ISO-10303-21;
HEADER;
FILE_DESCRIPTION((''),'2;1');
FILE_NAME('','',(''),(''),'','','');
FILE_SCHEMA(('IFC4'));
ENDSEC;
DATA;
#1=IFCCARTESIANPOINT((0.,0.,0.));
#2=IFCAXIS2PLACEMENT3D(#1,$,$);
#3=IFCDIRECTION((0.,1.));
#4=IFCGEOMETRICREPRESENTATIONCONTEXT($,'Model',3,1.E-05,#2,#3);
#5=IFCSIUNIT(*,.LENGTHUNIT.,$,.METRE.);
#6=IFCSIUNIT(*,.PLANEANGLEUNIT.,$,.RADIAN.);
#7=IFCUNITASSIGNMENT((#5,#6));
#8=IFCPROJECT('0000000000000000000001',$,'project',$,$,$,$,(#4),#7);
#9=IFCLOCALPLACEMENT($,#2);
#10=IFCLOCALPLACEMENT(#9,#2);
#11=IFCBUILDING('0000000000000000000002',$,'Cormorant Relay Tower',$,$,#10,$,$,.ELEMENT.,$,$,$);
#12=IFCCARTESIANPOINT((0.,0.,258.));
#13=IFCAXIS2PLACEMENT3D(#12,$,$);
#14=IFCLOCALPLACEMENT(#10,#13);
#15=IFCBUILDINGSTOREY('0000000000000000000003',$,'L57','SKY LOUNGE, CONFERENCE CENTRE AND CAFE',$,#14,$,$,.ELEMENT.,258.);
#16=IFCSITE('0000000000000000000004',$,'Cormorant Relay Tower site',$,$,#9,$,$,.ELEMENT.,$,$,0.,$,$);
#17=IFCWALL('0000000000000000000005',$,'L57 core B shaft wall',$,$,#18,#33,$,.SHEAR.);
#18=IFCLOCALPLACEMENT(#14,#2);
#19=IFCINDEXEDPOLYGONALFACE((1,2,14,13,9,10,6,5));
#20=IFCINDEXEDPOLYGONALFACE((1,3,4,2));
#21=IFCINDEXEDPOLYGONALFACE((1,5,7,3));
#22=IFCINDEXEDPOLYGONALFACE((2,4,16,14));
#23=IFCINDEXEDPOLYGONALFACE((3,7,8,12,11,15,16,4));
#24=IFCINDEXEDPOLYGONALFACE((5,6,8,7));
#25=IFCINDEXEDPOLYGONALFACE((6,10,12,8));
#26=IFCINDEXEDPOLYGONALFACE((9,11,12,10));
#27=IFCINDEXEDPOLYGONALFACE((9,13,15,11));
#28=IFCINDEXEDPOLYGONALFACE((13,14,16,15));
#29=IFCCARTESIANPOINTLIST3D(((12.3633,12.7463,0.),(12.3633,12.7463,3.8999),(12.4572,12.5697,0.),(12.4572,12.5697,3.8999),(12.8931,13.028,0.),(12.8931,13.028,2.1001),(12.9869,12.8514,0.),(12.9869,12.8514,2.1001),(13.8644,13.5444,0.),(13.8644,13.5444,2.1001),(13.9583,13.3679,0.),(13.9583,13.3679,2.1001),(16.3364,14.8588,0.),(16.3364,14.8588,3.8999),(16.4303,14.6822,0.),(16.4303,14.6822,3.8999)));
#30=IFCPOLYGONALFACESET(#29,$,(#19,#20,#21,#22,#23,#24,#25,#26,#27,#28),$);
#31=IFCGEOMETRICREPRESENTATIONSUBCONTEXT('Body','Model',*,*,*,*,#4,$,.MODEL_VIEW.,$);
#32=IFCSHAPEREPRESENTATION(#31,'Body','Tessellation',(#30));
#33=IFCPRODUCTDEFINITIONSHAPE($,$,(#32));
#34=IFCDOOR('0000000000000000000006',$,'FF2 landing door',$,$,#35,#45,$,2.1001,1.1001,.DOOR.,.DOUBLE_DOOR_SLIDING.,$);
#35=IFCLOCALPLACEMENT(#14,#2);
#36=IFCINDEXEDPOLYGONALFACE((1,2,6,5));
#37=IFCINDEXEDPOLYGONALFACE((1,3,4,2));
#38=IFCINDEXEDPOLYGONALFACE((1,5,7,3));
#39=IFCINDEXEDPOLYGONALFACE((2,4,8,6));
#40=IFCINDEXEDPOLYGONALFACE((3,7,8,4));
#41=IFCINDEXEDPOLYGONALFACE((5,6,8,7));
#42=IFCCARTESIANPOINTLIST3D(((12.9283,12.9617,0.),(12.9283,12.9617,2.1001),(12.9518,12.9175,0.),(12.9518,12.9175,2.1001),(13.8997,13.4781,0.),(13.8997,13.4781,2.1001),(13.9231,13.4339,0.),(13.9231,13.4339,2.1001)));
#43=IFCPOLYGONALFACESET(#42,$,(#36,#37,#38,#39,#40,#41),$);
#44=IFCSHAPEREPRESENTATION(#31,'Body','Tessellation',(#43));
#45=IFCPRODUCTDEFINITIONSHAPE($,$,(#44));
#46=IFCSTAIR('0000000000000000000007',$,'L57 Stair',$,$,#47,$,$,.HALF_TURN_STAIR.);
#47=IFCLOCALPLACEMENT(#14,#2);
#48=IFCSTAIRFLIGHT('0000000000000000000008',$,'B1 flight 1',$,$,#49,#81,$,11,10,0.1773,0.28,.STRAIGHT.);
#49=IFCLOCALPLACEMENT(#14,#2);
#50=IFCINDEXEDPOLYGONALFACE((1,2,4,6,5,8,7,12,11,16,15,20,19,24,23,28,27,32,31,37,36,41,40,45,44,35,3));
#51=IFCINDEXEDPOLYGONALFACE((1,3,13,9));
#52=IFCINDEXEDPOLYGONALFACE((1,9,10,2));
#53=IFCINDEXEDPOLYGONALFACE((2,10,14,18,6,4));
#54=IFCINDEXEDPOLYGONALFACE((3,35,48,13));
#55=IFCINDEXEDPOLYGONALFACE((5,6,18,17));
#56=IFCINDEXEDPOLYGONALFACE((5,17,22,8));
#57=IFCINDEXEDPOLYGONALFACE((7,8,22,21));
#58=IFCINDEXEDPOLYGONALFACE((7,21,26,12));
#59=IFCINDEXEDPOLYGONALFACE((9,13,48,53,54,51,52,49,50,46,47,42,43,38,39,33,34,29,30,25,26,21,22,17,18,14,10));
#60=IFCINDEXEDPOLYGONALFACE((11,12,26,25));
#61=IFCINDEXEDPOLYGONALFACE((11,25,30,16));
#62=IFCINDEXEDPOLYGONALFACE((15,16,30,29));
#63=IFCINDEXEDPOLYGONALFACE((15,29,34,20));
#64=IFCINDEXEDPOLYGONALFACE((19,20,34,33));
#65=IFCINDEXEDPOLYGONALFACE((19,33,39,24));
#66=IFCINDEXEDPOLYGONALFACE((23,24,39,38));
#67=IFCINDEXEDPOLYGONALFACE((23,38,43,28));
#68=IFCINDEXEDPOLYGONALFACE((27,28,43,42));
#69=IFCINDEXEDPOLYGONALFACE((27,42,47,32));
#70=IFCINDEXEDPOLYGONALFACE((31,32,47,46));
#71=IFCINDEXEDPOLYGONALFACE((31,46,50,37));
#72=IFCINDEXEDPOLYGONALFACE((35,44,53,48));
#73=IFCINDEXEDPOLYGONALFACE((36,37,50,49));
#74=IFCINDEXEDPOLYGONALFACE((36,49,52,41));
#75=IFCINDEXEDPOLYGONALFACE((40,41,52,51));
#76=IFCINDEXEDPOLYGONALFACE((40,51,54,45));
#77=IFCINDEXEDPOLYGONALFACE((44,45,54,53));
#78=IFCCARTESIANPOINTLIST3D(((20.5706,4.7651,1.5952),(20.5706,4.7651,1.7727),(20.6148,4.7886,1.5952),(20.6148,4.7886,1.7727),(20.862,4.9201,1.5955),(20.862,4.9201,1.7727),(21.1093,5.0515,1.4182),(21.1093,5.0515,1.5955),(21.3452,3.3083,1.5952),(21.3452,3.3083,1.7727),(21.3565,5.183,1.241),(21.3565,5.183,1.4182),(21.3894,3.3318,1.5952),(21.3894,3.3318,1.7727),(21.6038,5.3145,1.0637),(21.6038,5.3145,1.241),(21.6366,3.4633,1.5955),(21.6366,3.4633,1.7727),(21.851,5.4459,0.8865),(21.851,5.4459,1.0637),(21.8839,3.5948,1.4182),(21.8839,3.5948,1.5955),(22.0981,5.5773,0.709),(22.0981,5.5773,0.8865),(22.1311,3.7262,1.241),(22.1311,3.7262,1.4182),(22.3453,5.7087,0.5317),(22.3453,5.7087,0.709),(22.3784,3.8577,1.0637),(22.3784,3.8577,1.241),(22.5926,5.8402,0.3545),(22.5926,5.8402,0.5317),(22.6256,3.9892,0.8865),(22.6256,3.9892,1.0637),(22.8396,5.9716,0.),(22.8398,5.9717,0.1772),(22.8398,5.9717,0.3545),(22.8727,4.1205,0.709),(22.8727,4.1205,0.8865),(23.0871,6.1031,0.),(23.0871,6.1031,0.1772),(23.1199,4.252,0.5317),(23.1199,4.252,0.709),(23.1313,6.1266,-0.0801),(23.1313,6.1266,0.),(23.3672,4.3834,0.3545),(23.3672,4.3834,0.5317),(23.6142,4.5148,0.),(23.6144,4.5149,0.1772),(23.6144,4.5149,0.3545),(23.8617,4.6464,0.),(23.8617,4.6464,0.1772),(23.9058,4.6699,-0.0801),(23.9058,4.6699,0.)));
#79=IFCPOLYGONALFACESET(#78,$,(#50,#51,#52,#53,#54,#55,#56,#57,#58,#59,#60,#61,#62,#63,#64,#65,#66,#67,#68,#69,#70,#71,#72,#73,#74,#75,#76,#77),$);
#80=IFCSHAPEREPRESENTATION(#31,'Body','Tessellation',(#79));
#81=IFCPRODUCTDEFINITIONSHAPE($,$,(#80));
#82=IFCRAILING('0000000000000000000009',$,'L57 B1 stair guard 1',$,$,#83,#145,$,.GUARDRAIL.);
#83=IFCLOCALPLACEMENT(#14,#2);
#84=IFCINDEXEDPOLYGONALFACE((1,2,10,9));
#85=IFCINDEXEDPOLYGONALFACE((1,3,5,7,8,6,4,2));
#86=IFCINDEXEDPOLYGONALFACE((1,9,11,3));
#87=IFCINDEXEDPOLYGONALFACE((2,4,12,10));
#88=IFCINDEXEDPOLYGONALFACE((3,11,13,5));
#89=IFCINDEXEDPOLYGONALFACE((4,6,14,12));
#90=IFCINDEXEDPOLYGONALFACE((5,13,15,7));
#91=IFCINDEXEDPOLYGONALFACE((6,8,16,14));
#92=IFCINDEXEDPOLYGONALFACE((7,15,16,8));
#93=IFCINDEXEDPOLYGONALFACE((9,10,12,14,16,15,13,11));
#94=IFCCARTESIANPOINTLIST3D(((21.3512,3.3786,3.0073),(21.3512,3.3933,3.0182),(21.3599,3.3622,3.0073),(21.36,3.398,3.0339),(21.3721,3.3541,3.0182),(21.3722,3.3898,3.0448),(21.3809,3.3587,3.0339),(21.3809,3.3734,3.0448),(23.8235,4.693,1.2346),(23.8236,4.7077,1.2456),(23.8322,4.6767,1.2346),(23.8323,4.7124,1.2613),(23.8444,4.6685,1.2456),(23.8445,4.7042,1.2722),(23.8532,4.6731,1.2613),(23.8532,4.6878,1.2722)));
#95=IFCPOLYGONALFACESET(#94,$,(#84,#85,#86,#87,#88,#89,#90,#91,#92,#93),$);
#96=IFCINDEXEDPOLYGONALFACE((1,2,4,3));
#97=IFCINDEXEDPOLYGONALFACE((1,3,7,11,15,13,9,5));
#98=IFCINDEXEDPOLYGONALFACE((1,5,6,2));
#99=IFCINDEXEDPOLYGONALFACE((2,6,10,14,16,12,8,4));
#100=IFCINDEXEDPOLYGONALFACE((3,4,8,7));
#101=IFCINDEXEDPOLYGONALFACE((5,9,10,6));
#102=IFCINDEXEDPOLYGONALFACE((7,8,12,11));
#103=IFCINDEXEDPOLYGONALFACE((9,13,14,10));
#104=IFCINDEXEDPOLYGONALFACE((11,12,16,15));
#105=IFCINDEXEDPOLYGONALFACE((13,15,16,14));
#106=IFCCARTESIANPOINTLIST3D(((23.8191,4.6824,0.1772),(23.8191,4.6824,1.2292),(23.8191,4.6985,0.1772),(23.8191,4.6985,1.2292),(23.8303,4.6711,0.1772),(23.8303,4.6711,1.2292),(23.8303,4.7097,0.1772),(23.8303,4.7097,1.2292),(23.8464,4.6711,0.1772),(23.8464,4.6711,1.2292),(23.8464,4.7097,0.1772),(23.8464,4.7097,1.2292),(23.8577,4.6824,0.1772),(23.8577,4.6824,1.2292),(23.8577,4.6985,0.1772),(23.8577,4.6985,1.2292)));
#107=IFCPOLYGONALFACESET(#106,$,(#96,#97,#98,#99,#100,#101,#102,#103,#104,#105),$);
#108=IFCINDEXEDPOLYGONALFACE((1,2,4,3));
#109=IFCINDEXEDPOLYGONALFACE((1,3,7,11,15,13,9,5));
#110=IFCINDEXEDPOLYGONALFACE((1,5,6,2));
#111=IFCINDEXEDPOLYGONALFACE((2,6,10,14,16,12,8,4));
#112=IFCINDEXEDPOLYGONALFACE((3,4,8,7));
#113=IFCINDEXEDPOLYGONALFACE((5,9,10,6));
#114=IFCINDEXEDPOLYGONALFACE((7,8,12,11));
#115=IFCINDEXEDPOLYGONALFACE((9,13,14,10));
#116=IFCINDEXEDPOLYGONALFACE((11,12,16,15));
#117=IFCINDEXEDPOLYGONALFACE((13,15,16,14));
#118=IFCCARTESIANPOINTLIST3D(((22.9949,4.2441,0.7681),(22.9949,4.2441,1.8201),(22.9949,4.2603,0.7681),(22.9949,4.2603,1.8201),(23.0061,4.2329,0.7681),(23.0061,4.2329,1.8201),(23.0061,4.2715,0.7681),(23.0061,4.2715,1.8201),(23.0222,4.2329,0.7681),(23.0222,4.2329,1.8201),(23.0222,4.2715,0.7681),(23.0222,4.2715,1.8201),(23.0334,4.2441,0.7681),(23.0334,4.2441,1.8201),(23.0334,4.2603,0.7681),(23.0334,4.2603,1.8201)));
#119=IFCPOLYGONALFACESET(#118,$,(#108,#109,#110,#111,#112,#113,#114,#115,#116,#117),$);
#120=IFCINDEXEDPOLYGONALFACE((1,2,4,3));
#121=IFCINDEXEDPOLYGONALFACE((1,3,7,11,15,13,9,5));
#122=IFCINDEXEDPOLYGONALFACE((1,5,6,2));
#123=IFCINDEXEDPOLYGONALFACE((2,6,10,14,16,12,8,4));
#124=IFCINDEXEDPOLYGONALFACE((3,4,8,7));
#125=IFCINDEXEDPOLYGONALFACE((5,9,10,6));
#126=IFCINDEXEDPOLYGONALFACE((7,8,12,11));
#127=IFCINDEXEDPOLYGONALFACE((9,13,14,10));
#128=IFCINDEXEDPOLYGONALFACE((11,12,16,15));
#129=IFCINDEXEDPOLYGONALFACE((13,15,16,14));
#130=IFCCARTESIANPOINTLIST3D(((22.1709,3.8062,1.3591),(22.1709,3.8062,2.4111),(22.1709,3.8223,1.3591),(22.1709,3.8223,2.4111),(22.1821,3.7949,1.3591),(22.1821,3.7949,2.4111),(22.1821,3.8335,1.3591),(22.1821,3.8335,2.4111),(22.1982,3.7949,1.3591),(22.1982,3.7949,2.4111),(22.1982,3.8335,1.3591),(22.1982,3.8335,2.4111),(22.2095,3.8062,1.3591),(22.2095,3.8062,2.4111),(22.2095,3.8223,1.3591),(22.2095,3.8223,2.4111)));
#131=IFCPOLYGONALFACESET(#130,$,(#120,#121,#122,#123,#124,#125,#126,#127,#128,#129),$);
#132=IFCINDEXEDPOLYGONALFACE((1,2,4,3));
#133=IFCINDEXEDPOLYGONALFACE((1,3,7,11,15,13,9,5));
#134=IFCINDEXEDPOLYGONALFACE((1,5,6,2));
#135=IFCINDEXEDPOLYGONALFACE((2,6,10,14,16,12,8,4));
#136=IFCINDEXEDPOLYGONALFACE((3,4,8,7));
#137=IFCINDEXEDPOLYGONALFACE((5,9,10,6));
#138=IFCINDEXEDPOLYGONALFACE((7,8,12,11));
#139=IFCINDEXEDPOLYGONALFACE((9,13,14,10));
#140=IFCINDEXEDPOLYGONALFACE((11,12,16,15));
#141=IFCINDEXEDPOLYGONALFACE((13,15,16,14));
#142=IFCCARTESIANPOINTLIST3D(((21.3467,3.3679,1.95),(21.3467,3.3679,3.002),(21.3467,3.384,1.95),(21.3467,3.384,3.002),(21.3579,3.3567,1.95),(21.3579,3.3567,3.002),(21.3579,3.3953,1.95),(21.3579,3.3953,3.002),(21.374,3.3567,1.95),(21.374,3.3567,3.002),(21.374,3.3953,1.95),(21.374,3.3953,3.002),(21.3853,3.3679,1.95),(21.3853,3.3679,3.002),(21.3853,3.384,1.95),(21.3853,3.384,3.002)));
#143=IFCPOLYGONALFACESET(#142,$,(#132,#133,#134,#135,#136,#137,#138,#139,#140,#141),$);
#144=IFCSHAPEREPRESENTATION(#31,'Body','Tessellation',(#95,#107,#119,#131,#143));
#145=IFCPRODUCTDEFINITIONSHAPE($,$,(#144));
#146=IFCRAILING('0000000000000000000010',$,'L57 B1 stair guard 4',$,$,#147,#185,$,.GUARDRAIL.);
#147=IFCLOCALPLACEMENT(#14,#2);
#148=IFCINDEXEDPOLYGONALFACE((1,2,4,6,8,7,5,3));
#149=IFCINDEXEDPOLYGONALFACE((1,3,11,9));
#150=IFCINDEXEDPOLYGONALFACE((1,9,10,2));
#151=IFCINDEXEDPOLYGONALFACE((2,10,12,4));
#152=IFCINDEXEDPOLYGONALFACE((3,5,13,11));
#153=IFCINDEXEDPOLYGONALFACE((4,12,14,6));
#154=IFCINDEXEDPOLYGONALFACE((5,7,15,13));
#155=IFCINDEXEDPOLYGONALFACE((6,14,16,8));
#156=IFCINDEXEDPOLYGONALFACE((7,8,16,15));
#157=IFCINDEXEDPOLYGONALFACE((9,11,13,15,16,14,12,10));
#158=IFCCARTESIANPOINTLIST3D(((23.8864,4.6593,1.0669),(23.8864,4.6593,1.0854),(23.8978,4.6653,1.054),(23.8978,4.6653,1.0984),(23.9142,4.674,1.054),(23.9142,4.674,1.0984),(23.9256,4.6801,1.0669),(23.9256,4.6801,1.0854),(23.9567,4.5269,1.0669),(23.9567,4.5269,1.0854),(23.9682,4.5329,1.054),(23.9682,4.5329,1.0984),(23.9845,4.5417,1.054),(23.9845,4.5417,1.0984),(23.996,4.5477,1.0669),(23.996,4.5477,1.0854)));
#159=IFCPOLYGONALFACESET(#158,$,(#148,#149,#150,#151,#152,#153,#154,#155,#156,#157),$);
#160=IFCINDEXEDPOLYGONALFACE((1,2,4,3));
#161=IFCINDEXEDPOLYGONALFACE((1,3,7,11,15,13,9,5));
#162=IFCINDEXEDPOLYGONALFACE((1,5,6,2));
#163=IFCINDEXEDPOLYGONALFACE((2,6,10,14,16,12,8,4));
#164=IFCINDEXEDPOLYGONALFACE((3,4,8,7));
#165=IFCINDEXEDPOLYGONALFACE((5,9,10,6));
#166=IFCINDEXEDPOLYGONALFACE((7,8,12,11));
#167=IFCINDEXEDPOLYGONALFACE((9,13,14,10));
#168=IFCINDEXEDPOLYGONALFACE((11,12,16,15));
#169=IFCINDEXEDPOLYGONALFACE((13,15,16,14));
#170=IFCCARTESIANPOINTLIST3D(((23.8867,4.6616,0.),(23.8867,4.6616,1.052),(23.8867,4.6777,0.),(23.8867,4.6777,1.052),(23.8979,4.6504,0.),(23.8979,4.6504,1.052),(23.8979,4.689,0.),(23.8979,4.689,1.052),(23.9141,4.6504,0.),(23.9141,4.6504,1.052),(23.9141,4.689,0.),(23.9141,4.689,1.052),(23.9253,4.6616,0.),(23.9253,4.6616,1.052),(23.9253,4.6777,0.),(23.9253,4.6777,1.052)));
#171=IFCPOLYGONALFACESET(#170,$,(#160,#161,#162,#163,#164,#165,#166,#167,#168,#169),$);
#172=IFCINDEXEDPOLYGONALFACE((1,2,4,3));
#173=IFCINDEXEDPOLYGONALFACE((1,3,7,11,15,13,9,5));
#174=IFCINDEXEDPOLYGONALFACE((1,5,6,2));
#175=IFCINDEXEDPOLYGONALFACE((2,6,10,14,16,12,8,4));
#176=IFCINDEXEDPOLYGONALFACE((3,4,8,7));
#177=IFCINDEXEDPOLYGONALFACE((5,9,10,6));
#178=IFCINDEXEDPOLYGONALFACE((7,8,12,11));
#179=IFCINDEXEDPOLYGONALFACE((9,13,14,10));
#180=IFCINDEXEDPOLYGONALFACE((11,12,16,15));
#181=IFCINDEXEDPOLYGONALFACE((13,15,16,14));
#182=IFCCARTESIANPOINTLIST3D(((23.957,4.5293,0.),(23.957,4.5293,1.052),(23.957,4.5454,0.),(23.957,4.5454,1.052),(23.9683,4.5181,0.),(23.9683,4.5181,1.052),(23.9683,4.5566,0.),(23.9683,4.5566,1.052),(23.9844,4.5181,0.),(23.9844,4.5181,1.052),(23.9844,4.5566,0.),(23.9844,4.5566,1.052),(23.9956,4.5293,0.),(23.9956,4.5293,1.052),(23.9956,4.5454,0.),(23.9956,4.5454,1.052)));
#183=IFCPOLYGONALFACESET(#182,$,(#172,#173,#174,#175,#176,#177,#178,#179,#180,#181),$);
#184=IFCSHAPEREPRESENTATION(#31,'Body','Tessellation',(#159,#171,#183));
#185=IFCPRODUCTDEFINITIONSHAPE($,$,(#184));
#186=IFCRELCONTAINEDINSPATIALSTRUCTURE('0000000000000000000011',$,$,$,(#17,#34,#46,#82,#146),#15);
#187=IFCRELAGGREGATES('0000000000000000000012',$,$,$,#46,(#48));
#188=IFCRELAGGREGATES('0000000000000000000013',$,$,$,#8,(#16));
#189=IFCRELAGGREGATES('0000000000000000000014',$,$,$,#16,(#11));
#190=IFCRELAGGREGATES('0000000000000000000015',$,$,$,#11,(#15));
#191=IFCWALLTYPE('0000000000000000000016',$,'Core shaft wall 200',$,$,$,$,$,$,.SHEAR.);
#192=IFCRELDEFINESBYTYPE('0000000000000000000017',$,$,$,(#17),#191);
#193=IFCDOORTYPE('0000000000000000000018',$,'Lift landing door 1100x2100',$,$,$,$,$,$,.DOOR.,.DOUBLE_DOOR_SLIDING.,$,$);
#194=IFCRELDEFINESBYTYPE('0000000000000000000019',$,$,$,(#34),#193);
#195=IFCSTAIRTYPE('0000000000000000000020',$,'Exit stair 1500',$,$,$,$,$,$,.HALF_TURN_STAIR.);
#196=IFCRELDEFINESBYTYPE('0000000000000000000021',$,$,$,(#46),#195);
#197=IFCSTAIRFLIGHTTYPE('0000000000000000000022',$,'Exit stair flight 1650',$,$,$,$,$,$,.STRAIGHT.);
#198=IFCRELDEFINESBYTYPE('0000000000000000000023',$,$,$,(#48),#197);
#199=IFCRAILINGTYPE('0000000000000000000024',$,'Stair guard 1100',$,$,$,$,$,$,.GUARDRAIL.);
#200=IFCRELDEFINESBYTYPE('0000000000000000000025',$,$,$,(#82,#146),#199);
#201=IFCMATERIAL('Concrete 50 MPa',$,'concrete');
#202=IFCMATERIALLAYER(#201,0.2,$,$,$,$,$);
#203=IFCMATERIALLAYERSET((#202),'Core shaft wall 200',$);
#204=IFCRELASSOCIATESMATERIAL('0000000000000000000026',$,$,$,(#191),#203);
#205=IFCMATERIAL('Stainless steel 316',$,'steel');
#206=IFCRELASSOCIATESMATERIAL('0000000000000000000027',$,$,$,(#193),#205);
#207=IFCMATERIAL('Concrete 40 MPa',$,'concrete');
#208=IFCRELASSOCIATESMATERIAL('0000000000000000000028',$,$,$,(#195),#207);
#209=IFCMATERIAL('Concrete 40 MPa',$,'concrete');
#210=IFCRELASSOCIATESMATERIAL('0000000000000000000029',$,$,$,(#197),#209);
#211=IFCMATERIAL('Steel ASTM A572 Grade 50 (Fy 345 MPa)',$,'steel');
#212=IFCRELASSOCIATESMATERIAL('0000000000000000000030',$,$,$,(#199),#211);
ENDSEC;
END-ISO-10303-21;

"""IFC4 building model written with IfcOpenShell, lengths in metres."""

from ifc_helpers import new_model, si_unit, direction, frame, frame_2d, origin, place, context, subcontext, project, spatial, polyline, rectangle, outline, extrude, material, layer, layer_set, type_object, element, fill, aggregate, save


model = new_model("IFC4")

# Units and contexts
model_context = context("Model", 3, precision=1e-05, world=origin(), true_north=direction((0.0, 1.0)))
body_context = subcontext(model_context, "Body", "Model", "MODEL_VIEW")
ifc_project = project(units=[si_unit("LENGTHUNIT", "METRE"), si_unit("PLANEANGLEUNIT", "RADIAN")], contexts=[model_context])

# Site, building, storey
site_placement = place(None, origin())
site = spatial("IfcSite", under=ifc_project, at=site_placement, Name="Cormorant Relay Tower site", CompositionType="ELEMENT", RefElevation=0.0)
building_placement = place(site_placement, origin())
building = spatial("IfcBuilding", under=site, at=building_placement, Name="Cormorant Relay Tower", CompositionType="ELEMENT")
storey_placement = place(building_placement, frame((0.0, 0.0, 258.0)))
storey = spatial("IfcBuildingStorey", under=building, at=storey_placement, Name="L57", Description="SKY LOUNGE, CONFERENCE CENTRE AND CAFE", CompositionType="ELEMENT", Elevation=258.0)

# Shared definitions
ifc_material_1 = material(Name="Concrete 50 MPa", Category="concrete")
ifc_layer_1 = layer(ifc_material_1, 0.2)
ifc_layer_set_1 = layer_set([ifc_layer_1], Name="Core shaft wall 200")
wall_type_1 = type_object("IfcWallType", Name="Core shaft wall 200", PredefinedType="SHEAR", material=ifc_layer_set_1)

# Wall, opening, door
wall_1_placement = place(storey_placement, frame((12.4102, 12.658, 0.0), z_axis=(0.0, 0.0, 1.0), x_axis=(0.882948, 0.46947, 0.0)))
wall_1 = element("IfcWall", 1, at=wall_1_placement, inside=storey, type_object=wall_type_1, Name="L57 core B shaft wall", PredefinedType="SHEAR", context=body_context, shape_type="SweptSolid", body=[
    extrude(rectangle(XDim=4.4998, YDim=0.2, at=frame_2d((2.25, 0.0))), origin(), (0.0, 0.0, 1.0), 3.8999),
])
opening_1_placement = place(wall_1_placement, frame((0.6001, 0.0, 0.0)))
opening_1 = element("IfcOpeningElement", 2, at=opening_1_placement, cuts=wall_1, PredefinedType="OPENING", context=body_context, shape_type="SweptSolid", body=[
    extrude(rectangle(XDim=1.1001, YDim=2.1001, at=frame_2d((0.55, 1.05))), frame((0.0, 0.1099, 0.0), z_axis=(0.0, -1.0, 0.0), x_axis=(1.0, 0.0, 0.0)), (0.0, 0.0, 1.0), 0.22),
])
ifc_material_2 = material(Name="Stainless steel 316", Category="steel")
door_type_1 = type_object("IfcDoorType", Name="Lift landing door 1100x2100", OperationType="DOUBLE_DOOR_SLIDING", PredefinedType="DOOR", material=ifc_material_2)
door_1_placement = place(opening_1_placement, origin())
door_1 = element("IfcDoor", 3, at=door_1_placement, inside=storey, type_object=door_type_1, Name="FF2 landing door", OperationType="DOUBLE_DOOR_SLIDING", OverallHeight=2.1001, OverallWidth=1.1001, PredefinedType="DOOR", context=body_context, shape_type="SweptSolid", body=[
    extrude(rectangle(XDim=1.1001, YDim=2.1001, at=frame_2d((0.55, 1.05))), frame((0.0, 0.0249, 0.0), z_axis=(0.0, -1.0, 0.0), x_axis=(1.0, 0.0, 0.0)), (0.0, 0.0, 1.0), 0.05),
])
fill(opening_1, door_1)

# Stair, stair flight
ifc_material_3 = material(Name="Concrete 40 MPa", Category="concrete")
stair_type = type_object("IfcStairType", Name="Exit stair 1500", PredefinedType="HALF_TURN_STAIR", material=ifc_material_3)
stair_placement = place(storey_placement, origin())
stair = element("IfcStair", 4, at=stair_placement, inside=storey, type_object=stair_type, Name="L57 Stair", PredefinedType="HALF_TURN_STAIR")
ifc_material_4 = material(Name="Concrete 40 MPa", Category="concrete")
stair_flight_type = type_object("IfcStairFlightType", Name="Exit stair flight 1650", PredefinedType="STRAIGHT", material=ifc_material_4)
stair_flight_placement = place(storey_placement, frame((23.4744, 5.3748, 0.0), z_axis=(0.0, 0.0, 1.0), x_axis=(-0.882948, -0.469472, 0.0)))
stair_flight = element("IfcStairFlight", 5, at=stair_flight_placement, type_object=stair_flight_type, Name="B1 flight 1", NumberOfRisers=11, NumberOfTreads=10, PredefinedType="STRAIGHT", RiserHeight=0.1773, TreadLength=0.28, context=body_context, shape_type="SweptSolid", body=[
    extrude(outline(polyline([(-0.05, -0.0801), (-0.05, 0.0), (0.0, 0.0), (0.0, 0.1772), (0.28, 0.1772), (0.28, 0.3545), (0.5601, 0.3545), (0.5601, 0.5317), (0.8401, 0.5317), (0.8401, 0.709), (1.1201, 0.709), (1.1201, 0.8865), (1.3999, 0.8865), (1.3999, 1.0637), (1.6799, 1.0637), (1.6799, 1.241), (1.96, 1.241), (1.96, 1.4182), (2.24, 1.4182), (2.24, 1.5955), (2.52, 1.5955), (2.52, 1.7727), (2.8, 1.7727), (2.8501, 1.7727), (2.8501, 1.5952), (2.8, 1.5952), (0.2803, 0.0), (-0.05, -0.0801)])), frame((0.0, 0.825, 0.0), z_axis=(0.0, -1.0, 0.0), x_axis=(1.0, 0.0, 0.0)), (0.0, 0.0, 1.0), 1.6499),
])
aggregate(stair, [stair_flight])

# Railings
ifc_material_5 = material(Name="Steel ASTM A572 Grade 50 (Fy 345 MPa)", Category="steel")
railing_type_1 = type_object("IfcRailingType", Name="Stair guard 1100", PredefinedType="GUARDRAIL", material=ifc_material_5)
railing_1_placement = place(storey_placement, frame((23.8384, 4.6904, 0.1772)))
element("IfcRailing", 6, at=railing_1_placement, inside=storey, type_object=railing_type_1, Name="L57 B1 stair guard 1", PredefinedType="GUARDRAIL", context=body_context, shape_type="SweptSolid", body=[
    extrude(outline(polyline([(0.0222, 0.0093), (0.0093, 0.0222), (-0.0093, 0.0222), (-0.0222, 0.0093), (-0.0222, -0.0093), (-0.0093, -0.0222), (0.0093, -0.0222), (0.0222, -0.0093), (0.0222, 0.0093)])), frame((0.0, 0.0, 1.0762), z_axis=(-0.746034, -0.396627, 0.534902), x_axis=(0.469429, -0.88297, 0.0)), (0.0, 0.0, 1.0), 3.314),
    extrude(outline(polyline([(0.0193, 0.0081), (0.0081, 0.0193), (-0.0081, 0.0193), (-0.0193, 0.0081), (-0.0193, -0.0081), (-0.0081, -0.0193), (0.0081, -0.0193), (0.0193, -0.0081), (0.0193, 0.0081)])), origin(), (0.0, 0.0, 1.0), 1.052),
    extrude(outline(polyline([(0.0193, 0.0081), (0.0081, 0.0193), (-0.0081, 0.0193), (-0.0193, 0.0081), (-0.0193, -0.0081), (-0.0081, -0.0193), (0.0081, -0.0193), (0.0193, -0.0081), (0.0193, 0.0081)])), frame((-0.8242, -0.4382, 0.5908)), (0.0, 0.0, 1.0), 1.052),
    extrude(outline(polyline([(0.0193, 0.0081), (0.0081, 0.0193), (-0.0081, 0.0193), (-0.0193, 0.0081), (-0.0193, -0.0081), (-0.0081, -0.0193), (0.0081, -0.0193), (0.0193, -0.0081), (0.0193, 0.0081)])), frame((-1.6482, -0.8762, 1.1819)), (0.0, 0.0, 1.0), 1.052),
    extrude(outline(polyline([(0.0193, 0.0081), (0.0081, 0.0193), (-0.0081, 0.0193), (-0.0193, 0.0081), (-0.0193, -0.0081), (-0.0081, -0.0193), (0.0081, -0.0193), (0.0193, -0.0081), (0.0193, 0.0081)])), frame((-2.4724, -1.3145, 1.7727)), (0.0, 0.0, 1.0), 1.052),
])
railing_2_placement = place(storey_placement, frame((23.906, 4.6697, 0.0)))
element("IfcRailing", 7, at=railing_2_placement, inside=storey, type_object=railing_type_1, Name="L57 B1 stair guard 4", PredefinedType="GUARDRAIL", context=body_context, shape_type="SweptSolid", body=[
    extrude(outline(polyline([(0.0222, 0.0093), (0.0093, 0.0222), (-0.0093, 0.0222), (-0.0222, 0.0093), (-0.0222, -0.0093), (-0.0093, -0.0222), (0.0093, -0.0222), (0.0222, -0.0093), (0.0222, 0.0093)])), frame((0.0, 0.0, 1.0762), z_axis=(0.469235, -0.883074, 0.0), x_axis=(0.883074, 0.469235, 0.0)), (0.0, 0.0, 1.0), 0.1499),
    extrude(outline(polyline([(0.0193, 0.0081), (0.0081, 0.0193), (-0.0081, 0.0193), (-0.0193, 0.0081), (-0.0193, -0.0081), (-0.0081, -0.0193), (0.0081, -0.0193), (0.0193, -0.0081), (0.0193, 0.0081)])), origin(), (0.0, 0.0, 1.0), 1.052),
    extrude(outline(polyline([(0.0193, 0.0081), (0.0081, 0.0193), (-0.0081, 0.0193), (-0.0193, 0.0081), (-0.0193, -0.0081), (-0.0081, -0.0193), (0.0081, -0.0193), (0.0193, -0.0081), (0.0193, 0.0081)])), frame((0.0703, -0.1323, 0.0)), (0.0, 0.0, 1.0), 1.052),
])

save(model, "model.ifc")
